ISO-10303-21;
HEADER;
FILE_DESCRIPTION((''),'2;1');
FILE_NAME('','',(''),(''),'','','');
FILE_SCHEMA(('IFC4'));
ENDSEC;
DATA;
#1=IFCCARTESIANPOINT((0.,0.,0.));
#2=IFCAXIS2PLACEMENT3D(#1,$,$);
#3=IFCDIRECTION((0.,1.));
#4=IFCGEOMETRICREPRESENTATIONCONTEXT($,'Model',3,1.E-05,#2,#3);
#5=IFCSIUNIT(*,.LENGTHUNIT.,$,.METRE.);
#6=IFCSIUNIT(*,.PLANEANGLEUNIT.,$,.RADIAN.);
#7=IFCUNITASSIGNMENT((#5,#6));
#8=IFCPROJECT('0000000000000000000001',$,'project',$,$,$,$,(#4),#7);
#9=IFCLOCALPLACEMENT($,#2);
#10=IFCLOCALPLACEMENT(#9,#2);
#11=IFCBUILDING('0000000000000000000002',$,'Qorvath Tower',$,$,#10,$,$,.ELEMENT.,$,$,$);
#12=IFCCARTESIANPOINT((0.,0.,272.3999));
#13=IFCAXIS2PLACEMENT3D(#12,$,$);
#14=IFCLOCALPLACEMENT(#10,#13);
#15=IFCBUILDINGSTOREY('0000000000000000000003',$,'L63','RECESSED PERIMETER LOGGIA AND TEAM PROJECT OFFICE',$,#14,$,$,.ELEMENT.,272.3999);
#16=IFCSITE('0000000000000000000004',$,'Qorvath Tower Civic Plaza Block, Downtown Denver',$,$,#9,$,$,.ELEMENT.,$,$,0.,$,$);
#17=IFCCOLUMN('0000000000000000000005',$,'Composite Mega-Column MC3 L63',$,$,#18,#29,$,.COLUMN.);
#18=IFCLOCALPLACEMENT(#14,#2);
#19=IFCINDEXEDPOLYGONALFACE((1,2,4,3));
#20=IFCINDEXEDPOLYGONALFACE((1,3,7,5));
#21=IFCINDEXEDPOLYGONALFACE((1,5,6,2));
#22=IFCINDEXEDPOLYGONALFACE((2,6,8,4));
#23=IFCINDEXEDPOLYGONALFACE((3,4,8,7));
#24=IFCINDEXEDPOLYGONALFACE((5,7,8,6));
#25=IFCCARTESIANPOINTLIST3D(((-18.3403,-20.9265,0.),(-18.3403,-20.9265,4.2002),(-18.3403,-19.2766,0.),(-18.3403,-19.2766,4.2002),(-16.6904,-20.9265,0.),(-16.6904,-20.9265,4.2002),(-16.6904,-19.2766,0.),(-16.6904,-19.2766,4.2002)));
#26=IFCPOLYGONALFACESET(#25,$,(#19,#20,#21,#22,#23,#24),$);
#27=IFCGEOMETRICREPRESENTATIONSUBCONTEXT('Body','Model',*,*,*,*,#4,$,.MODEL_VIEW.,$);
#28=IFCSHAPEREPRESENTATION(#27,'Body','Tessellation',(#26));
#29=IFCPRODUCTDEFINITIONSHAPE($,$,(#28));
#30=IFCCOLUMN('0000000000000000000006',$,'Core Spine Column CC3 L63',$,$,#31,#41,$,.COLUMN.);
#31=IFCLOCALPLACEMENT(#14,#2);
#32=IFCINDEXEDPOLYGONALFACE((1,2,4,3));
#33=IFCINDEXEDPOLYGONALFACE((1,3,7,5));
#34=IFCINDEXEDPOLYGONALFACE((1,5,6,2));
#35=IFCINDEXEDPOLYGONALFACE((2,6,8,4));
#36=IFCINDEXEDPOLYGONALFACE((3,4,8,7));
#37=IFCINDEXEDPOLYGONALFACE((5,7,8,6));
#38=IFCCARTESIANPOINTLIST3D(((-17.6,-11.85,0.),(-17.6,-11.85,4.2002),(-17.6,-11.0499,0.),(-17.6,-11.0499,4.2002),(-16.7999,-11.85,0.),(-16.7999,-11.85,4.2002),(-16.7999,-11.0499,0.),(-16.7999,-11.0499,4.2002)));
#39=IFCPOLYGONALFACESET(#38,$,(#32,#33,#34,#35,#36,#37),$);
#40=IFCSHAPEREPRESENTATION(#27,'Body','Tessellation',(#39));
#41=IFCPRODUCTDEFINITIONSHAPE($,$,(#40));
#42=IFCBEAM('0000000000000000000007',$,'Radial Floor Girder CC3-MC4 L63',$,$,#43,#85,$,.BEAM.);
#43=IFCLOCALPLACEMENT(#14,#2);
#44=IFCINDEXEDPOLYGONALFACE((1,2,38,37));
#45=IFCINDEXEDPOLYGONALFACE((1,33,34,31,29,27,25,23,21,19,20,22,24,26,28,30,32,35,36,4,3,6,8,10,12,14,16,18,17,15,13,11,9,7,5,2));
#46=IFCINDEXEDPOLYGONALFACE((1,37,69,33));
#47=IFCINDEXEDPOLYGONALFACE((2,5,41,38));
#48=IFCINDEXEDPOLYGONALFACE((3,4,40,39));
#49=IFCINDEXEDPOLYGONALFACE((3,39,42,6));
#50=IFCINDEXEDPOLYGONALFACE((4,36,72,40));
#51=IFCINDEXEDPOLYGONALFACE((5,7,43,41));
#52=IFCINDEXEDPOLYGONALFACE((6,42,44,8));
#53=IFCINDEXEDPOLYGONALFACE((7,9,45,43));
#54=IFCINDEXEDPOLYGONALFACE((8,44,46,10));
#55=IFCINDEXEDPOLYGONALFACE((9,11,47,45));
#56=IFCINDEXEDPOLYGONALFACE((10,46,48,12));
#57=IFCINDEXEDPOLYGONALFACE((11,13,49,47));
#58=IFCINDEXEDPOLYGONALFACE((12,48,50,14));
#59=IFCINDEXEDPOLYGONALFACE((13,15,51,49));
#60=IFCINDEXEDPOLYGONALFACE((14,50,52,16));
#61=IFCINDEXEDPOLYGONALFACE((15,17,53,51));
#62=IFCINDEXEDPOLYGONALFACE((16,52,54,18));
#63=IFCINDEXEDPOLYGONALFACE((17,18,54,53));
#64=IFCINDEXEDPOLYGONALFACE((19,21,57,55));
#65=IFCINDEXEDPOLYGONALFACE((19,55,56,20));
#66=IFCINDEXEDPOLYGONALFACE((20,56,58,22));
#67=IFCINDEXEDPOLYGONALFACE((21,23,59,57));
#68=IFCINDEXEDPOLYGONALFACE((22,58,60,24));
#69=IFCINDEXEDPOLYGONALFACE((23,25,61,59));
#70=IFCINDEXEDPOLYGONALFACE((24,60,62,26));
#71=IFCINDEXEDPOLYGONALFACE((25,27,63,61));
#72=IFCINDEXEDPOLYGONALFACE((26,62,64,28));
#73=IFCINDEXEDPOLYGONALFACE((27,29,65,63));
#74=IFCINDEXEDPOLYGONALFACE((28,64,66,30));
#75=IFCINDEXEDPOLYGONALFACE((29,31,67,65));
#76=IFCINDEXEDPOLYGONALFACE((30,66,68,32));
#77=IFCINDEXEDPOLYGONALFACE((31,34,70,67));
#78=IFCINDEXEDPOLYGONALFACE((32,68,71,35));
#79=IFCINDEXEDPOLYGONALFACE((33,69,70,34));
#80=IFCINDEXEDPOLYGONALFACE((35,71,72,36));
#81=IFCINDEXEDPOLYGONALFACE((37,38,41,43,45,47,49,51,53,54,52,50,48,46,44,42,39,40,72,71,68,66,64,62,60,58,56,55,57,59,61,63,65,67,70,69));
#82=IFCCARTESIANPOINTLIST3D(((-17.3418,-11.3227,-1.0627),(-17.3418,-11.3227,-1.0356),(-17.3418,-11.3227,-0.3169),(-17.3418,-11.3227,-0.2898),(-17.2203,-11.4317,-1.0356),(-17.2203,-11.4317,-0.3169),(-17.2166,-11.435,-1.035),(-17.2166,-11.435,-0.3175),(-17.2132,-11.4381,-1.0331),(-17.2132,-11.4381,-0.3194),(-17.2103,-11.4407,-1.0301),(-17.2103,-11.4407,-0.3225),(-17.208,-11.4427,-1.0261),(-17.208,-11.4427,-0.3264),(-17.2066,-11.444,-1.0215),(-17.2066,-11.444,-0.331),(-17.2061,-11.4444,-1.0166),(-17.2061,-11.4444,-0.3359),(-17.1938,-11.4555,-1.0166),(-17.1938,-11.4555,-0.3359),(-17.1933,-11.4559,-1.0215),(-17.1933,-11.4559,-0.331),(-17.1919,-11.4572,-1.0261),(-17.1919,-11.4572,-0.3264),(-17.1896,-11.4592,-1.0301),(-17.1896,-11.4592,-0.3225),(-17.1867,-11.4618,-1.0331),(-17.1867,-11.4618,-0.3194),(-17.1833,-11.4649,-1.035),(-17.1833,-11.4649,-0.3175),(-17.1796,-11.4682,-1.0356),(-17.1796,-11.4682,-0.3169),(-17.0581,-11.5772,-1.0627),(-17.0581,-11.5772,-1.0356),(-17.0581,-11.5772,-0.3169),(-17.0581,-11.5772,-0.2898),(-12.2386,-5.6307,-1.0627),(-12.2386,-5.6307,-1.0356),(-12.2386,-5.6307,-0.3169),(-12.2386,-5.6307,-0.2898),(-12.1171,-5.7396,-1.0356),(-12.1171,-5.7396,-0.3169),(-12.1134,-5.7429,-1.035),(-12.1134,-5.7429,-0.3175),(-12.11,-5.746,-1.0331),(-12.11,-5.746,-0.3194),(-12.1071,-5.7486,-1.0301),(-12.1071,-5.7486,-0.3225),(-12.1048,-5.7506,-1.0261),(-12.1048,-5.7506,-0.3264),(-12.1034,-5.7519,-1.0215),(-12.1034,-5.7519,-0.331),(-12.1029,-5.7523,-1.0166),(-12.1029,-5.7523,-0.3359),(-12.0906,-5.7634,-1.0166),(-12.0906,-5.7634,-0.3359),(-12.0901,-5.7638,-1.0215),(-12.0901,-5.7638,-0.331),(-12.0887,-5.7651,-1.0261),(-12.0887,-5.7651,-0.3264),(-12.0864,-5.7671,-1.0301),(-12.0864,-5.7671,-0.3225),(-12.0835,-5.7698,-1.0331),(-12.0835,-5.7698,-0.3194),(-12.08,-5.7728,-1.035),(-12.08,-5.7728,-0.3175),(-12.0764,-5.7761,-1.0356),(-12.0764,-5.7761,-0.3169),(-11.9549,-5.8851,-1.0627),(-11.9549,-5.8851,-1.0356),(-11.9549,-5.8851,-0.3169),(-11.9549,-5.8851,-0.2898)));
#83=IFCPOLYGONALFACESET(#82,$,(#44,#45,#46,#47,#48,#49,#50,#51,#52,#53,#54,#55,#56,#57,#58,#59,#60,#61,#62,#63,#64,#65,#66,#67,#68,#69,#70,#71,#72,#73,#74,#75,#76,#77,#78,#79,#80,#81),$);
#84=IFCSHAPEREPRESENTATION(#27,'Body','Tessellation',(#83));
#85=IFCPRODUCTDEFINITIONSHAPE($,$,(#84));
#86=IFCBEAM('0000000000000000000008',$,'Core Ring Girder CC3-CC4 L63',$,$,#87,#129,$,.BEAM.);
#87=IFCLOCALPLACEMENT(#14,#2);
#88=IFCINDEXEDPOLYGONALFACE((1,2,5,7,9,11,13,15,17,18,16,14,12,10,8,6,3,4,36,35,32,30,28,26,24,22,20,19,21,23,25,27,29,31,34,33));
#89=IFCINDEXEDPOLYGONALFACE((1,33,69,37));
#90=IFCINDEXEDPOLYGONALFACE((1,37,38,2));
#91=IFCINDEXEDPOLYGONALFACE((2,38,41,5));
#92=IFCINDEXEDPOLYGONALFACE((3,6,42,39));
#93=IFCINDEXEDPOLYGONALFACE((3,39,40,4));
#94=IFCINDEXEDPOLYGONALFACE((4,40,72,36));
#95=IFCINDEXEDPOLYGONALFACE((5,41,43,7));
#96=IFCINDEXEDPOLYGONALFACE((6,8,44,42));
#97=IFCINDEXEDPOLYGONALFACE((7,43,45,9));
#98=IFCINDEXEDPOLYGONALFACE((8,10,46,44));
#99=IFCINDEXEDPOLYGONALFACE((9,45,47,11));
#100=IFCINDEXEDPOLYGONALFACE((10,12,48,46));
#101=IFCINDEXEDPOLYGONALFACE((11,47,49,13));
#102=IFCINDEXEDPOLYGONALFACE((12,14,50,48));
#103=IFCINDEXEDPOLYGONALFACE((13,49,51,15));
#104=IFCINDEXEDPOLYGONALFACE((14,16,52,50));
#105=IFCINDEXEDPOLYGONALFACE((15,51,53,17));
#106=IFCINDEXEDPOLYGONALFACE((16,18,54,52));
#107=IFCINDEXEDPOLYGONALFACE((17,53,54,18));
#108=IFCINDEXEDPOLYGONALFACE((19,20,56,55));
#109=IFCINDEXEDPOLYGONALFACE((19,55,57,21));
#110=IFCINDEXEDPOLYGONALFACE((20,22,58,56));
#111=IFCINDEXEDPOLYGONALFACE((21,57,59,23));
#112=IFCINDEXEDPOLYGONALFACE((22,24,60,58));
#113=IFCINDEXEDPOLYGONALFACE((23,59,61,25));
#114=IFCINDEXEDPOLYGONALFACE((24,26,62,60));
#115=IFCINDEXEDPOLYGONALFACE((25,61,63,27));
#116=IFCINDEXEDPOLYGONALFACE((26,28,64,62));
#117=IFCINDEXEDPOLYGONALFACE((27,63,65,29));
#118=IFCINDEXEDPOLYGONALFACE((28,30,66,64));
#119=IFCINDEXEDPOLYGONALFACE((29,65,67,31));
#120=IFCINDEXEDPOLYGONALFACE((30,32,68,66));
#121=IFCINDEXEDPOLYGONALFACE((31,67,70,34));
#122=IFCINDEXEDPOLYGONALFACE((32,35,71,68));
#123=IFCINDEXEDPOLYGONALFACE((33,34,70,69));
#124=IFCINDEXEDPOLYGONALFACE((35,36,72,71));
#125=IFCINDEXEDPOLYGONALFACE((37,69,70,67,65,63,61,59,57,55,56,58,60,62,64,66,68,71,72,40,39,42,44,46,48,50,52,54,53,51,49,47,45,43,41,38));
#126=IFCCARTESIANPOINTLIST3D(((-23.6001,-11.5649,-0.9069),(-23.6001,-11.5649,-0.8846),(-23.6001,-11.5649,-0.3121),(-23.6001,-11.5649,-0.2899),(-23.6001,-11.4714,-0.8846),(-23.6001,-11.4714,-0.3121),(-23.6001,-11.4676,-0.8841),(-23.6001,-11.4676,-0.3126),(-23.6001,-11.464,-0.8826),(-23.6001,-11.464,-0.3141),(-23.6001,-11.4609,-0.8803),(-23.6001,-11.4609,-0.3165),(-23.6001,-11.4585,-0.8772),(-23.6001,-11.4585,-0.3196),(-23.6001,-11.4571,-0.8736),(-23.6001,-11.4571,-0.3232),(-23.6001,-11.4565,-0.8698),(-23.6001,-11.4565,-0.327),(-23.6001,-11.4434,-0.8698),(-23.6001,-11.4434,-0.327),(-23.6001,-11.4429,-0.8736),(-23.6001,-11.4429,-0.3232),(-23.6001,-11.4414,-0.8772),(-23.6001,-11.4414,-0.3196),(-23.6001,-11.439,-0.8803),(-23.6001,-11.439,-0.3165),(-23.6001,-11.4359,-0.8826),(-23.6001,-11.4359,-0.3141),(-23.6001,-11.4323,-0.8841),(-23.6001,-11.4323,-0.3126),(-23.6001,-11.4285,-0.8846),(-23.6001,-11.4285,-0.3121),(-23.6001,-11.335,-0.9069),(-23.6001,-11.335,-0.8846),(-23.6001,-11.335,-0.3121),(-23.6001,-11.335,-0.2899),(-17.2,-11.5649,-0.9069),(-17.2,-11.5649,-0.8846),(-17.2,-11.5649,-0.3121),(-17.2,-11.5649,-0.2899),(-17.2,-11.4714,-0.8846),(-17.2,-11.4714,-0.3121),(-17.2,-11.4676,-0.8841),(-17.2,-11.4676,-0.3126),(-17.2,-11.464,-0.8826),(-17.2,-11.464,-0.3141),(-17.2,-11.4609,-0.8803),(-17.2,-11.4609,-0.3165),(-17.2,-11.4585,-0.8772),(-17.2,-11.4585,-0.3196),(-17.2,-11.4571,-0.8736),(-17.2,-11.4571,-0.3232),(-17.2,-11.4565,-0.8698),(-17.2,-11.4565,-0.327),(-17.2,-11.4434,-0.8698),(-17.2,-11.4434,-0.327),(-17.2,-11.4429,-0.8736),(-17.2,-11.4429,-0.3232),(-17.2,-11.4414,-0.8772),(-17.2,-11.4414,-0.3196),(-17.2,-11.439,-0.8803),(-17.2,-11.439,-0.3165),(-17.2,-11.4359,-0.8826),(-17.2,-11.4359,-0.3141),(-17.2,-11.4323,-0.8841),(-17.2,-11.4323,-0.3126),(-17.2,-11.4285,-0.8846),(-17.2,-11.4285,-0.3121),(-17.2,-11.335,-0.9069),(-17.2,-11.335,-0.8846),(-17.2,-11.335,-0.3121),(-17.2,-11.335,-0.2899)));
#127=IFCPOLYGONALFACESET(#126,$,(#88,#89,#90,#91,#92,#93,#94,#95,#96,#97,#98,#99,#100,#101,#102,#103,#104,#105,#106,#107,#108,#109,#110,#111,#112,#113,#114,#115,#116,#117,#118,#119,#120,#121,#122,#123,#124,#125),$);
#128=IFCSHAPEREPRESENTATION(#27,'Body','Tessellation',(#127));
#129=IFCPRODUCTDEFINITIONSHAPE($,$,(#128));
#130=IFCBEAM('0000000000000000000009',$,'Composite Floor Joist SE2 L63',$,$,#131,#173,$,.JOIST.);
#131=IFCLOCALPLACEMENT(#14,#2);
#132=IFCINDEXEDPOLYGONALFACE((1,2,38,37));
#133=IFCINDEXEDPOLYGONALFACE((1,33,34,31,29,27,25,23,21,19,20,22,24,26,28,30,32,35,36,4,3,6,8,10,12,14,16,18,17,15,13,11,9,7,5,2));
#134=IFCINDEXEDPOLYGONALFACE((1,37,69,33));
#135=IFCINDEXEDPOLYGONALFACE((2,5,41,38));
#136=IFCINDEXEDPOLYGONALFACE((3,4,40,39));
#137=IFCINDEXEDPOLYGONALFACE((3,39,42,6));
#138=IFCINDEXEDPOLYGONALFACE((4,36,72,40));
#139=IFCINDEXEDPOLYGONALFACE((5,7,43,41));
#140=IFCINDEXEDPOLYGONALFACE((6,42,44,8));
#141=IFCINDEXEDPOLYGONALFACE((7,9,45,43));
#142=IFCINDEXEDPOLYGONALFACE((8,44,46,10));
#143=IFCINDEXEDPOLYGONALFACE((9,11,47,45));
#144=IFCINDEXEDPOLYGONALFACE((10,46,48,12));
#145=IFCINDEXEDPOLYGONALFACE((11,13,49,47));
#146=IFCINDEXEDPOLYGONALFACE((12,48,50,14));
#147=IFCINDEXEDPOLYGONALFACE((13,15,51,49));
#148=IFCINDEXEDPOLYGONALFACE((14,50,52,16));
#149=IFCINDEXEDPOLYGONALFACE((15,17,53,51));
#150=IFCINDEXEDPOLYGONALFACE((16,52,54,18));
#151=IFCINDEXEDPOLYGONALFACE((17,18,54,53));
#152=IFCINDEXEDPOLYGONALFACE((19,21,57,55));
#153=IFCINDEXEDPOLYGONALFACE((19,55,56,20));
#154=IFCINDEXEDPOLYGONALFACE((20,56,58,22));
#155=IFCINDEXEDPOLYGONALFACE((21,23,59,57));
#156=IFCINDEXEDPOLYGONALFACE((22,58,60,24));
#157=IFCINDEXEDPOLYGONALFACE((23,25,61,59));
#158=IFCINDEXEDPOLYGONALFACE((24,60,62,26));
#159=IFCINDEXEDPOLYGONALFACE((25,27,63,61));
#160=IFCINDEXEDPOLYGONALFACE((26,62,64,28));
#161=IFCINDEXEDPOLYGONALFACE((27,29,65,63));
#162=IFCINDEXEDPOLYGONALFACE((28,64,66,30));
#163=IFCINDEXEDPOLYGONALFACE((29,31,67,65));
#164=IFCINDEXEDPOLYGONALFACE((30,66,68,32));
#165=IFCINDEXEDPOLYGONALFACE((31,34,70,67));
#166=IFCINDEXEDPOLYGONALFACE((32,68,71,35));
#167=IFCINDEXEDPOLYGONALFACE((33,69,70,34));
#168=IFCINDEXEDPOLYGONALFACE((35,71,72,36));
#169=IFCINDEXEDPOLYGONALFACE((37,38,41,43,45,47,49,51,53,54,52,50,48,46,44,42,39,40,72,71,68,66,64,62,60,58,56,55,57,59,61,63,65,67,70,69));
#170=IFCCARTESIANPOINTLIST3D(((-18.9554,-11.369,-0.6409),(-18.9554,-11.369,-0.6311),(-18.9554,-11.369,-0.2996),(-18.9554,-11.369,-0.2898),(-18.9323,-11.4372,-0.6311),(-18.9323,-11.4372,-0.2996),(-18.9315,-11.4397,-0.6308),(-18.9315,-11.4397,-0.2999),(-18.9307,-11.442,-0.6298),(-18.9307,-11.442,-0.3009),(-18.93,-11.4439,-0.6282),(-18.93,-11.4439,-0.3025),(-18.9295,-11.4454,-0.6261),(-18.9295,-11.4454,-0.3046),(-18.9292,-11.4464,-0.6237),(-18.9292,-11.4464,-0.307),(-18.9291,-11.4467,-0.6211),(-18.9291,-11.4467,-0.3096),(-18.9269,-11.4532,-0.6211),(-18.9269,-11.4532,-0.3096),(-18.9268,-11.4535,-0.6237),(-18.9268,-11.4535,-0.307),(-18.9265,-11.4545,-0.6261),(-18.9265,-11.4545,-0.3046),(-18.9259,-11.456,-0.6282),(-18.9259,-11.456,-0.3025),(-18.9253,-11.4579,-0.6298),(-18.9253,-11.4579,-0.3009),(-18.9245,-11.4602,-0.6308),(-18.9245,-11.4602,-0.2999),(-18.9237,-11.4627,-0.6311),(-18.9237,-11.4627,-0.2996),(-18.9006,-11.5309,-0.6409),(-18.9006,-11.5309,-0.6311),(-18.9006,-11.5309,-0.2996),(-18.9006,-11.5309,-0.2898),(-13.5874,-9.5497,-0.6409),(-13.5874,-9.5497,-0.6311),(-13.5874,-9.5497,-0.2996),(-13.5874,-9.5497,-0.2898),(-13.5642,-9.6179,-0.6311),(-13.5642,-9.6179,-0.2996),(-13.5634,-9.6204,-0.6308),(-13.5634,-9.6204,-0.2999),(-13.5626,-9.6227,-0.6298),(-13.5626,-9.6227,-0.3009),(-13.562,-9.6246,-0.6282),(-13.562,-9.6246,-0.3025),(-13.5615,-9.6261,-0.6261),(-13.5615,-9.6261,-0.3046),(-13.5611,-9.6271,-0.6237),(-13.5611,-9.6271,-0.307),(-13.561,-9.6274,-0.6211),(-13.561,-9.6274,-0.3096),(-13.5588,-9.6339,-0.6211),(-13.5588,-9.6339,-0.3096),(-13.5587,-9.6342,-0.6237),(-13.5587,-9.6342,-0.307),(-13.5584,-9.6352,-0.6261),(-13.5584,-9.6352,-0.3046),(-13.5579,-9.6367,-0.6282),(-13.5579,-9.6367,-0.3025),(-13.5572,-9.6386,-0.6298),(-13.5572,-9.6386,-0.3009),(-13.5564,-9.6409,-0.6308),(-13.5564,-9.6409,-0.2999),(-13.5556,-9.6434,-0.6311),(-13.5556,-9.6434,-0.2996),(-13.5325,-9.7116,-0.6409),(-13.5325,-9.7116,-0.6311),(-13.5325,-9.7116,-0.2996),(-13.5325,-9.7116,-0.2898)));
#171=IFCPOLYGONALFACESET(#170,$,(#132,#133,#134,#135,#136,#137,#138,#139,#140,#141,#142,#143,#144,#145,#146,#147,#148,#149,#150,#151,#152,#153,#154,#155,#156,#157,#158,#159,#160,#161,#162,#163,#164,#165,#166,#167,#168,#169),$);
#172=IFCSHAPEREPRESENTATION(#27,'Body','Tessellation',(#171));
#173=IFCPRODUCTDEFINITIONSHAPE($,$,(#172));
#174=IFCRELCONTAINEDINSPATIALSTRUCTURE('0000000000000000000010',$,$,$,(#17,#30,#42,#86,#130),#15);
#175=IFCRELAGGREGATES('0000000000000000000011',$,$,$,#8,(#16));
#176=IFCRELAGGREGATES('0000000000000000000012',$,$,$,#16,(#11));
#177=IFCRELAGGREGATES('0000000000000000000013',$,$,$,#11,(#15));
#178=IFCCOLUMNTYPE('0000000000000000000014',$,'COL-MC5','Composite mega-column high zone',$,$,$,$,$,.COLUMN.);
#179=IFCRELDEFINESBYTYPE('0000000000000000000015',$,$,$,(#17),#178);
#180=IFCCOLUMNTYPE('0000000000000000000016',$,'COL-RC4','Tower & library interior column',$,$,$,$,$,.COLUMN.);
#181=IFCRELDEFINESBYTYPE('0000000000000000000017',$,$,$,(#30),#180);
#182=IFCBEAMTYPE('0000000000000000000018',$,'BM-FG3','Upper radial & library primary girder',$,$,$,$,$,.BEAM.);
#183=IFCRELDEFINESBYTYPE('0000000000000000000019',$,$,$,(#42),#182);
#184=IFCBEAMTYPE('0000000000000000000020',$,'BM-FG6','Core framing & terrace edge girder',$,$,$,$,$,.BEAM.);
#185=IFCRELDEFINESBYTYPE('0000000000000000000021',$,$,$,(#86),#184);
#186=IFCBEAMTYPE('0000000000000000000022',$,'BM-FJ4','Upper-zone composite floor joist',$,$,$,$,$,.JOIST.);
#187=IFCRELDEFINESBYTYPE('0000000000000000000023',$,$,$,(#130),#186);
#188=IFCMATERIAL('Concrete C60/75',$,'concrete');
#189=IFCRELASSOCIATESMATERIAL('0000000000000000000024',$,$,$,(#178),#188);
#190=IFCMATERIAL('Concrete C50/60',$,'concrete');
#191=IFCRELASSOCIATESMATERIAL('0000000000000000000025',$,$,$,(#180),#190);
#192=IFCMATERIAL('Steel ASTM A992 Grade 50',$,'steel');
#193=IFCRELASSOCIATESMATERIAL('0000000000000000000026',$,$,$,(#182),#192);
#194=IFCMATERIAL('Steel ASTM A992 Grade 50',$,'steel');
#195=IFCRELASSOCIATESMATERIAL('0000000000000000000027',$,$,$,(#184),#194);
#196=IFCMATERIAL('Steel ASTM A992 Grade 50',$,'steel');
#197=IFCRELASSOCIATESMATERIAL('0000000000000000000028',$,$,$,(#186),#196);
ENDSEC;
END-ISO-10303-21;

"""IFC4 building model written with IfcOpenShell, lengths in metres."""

from ifc_helpers import new_model, si_unit, direction, frame, origin, origin_2d, place, context, subcontext, project, spatial, rectangle, i_section, extrude, material, material_profile, profile_set, type_object, element, save


model = new_model("IFC4")

# Units and contexts
model_context = context("Model", 3, precision=1e-05, world=origin(), true_north=direction((0.0, 1.0)))
body_context = subcontext(model_context, "Body", "Model", "MODEL_VIEW")
ifc_project = project(units=[si_unit("LENGTHUNIT", "METRE"), si_unit("PLANEANGLEUNIT", "RADIAN")], contexts=[model_context])

# Site, building, storey
site_placement = place(None, origin())
site = spatial("IfcSite", under=ifc_project, at=site_placement, Name="Qorvath Tower Civic Plaza Block, Downtown Denver", CompositionType="ELEMENT", RefElevation=0.0)
building_placement = place(site_placement, origin())
building = spatial("IfcBuilding", under=site, at=building_placement, Name="Qorvath Tower", CompositionType="ELEMENT")
storey_placement = place(building_placement, frame((0.0, 0.0, 272.3999)))
storey = spatial("IfcBuildingStorey", under=building, at=storey_placement, Name="L63", Description="RECESSED PERIMETER LOGGIA AND TEAM PROJECT OFFICE", CompositionType="ELEMENT", Elevation=272.3999)

# Columns
ifc_material_1 = material(Name="Concrete C60/75", Category="concrete")
ifc_material_profile_1 = material_profile(ifc_material_1, rectangle(XDim=1.6499, YDim=1.6499, at=origin_2d()), Name="MC 1650x1650")
ifc_profile_set_1 = profile_set([ifc_material_profile_1], Name="Concrete C60/75")
column_type_1 = type_object("IfcColumnType", Name="COL-MC5", Description="Composite mega-column high zone", PredefinedType="COLUMN", material=ifc_profile_set_1)
column_1_placement = place(storey_placement, frame((-17.5154, -20.1016, 0.0), z_axis=(0.0, 0.0, 1.0), x_axis=(1.0, 0.0, 0.0)))
element("IfcColumn", 1, at=column_1_placement, inside=storey, type_object=column_type_1, Name="Composite Mega-Column MC3 L63", PredefinedType="COLUMN", context=body_context, shape_type="SweptSolid", body=[
    extrude(rectangle(XDim=1.6499, YDim=1.6499, at=origin_2d()), origin(), (0.0, 0.0, 1.0), 4.2002),
])
ifc_material_2 = material(Name="Concrete C50/60", Category="concrete")
ifc_material_profile_2 = material_profile(ifc_material_2, rectangle(XDim=0.8, YDim=0.8, at=origin_2d()), Name="RC 800x800")
ifc_profile_set_2 = profile_set([ifc_material_profile_2], Name="Concrete C50/60")
column_type_2 = type_object("IfcColumnType", Name="COL-RC4", Description="Tower & library interior column", PredefinedType="COLUMN", material=ifc_profile_set_2)
column_2_placement = place(storey_placement, frame((-17.2, -11.45, 0.0), z_axis=(0.0, 0.0, 1.0), x_axis=(1.0, 0.0, 0.0)))
element("IfcColumn", 2, at=column_2_placement, inside=storey, type_object=column_type_2, Name="Core Spine Column CC3 L63", PredefinedType="COLUMN", context=body_context, shape_type="SweptSolid", body=[
    extrude(rectangle(XDim=0.8, YDim=0.8, at=origin_2d()), origin(), (0.0, 0.0, 1.0), 4.2002),
])

# Beams
ifc_material_3 = material(Name="Steel ASTM A992 Grade 50", Category="steel")
ifc_material_profile_3 = material_profile(ifc_material_3, i_section(OverallWidth=0.3811, OverallDepth=0.7729, WebThickness=0.0166, FlangeThickness=0.0271, FilletRadius=0.019, at=origin_2d()), Name="W30x173")
ifc_profile_set_3 = profile_set([ifc_material_profile_3], Name="Steel ASTM A992 Grade 50")
beam_type_1 = type_object("IfcBeamType", Name="BM-FG3", Description="Upper radial & library primary girder", PredefinedType="BEAM", material=ifc_profile_set_3)
beam_1_placement = place(storey_placement, frame((-17.2, -11.45, -0.6763), z_axis=(0.667543, 0.744571, 0.0), x_axis=(-0.744571, 0.667543, 0.0)))
element("IfcBeam", 3, at=beam_1_placement, inside=storey, type_object=beam_type_1, Name="Radial Floor Girder CC3-MC4 L63", PredefinedType="BEAM", context=body_context, shape_type="SweptSolid", body=[
    extrude(i_section(OverallWidth=0.3811, OverallDepth=0.7729, WebThickness=0.0166, FlangeThickness=0.0271, FilletRadius=0.019, at=origin_2d()), origin(), (0.0, 0.0, 1.0), 7.6448),
])
ifc_material_4 = material(Name="Steel ASTM A992 Grade 50", Category="steel")
ifc_material_profile_4 = material_profile(ifc_material_4, i_section(OverallWidth=0.23, OverallDepth=0.6169, WebThickness=0.0132, FlangeThickness=0.0222, FilletRadius=0.0149, at=origin_2d()), Name="W24x94")
ifc_profile_set_4 = profile_set([ifc_material_profile_4], Name="Steel ASTM A992 Grade 50")
beam_type_2 = type_object("IfcBeamType", Name="BM-FG6", Description="Core framing & terrace edge girder", PredefinedType="BEAM", material=ifc_profile_set_4)
beam_2_placement = place(storey_placement, frame((-17.2, -11.45, -0.5984), z_axis=(-1.0, 0.0, 0.0), x_axis=(0.0, -1.0, 0.0)))
element("IfcBeam", 4, at=beam_2_placement, inside=storey, type_object=beam_type_2, Name="Core Ring Girder CC3-CC4 L63", PredefinedType="BEAM", context=body_context, shape_type="SweptSolid", body=[
    extrude(i_section(OverallWidth=0.23, OverallDepth=0.6169, WebThickness=0.0132, FlangeThickness=0.0222, FilletRadius=0.0149, at=origin_2d()), origin(), (0.0, 0.0, 1.0), 6.4001),
])
ifc_material_5 = material(Name="Steel ASTM A992 Grade 50", Category="steel")
ifc_material_profile_5 = material_profile(ifc_material_5, i_section(OverallWidth=0.1709, OverallDepth=0.3511, WebThickness=0.0068, FlangeThickness=0.0098, FilletRadius=0.01, at=origin_2d()), Name="W14x30")
ifc_profile_set_5 = profile_set([ifc_material_profile_5], Name="Steel ASTM A992 Grade 50")
beam_type_3 = type_object("IfcBeamType", Name="BM-FJ4", Description="Upper-zone composite floor joist", PredefinedType="JOIST", material=ifc_profile_set_5)
beam_3_placement = place(storey_placement, frame((-18.928, -11.45, -0.4653), z_axis=(0.947086, 0.320979, 0.0), x_axis=(-0.320979, 0.947086, 0.0)))
element("IfcBeam", 5, at=beam_3_placement, inside=storey, type_object=beam_type_3, Name="Composite Floor Joist SE2 L63", PredefinedType="JOIST", context=body_context, shape_type="SweptSolid", body=[
    extrude(i_section(OverallWidth=0.1709, OverallDepth=0.3511, WebThickness=0.0068, FlangeThickness=0.0098, FilletRadius=0.01, at=origin_2d()), origin(), (0.0, 0.0, 1.0), 5.668),
])

save(model, "model.ifc")
